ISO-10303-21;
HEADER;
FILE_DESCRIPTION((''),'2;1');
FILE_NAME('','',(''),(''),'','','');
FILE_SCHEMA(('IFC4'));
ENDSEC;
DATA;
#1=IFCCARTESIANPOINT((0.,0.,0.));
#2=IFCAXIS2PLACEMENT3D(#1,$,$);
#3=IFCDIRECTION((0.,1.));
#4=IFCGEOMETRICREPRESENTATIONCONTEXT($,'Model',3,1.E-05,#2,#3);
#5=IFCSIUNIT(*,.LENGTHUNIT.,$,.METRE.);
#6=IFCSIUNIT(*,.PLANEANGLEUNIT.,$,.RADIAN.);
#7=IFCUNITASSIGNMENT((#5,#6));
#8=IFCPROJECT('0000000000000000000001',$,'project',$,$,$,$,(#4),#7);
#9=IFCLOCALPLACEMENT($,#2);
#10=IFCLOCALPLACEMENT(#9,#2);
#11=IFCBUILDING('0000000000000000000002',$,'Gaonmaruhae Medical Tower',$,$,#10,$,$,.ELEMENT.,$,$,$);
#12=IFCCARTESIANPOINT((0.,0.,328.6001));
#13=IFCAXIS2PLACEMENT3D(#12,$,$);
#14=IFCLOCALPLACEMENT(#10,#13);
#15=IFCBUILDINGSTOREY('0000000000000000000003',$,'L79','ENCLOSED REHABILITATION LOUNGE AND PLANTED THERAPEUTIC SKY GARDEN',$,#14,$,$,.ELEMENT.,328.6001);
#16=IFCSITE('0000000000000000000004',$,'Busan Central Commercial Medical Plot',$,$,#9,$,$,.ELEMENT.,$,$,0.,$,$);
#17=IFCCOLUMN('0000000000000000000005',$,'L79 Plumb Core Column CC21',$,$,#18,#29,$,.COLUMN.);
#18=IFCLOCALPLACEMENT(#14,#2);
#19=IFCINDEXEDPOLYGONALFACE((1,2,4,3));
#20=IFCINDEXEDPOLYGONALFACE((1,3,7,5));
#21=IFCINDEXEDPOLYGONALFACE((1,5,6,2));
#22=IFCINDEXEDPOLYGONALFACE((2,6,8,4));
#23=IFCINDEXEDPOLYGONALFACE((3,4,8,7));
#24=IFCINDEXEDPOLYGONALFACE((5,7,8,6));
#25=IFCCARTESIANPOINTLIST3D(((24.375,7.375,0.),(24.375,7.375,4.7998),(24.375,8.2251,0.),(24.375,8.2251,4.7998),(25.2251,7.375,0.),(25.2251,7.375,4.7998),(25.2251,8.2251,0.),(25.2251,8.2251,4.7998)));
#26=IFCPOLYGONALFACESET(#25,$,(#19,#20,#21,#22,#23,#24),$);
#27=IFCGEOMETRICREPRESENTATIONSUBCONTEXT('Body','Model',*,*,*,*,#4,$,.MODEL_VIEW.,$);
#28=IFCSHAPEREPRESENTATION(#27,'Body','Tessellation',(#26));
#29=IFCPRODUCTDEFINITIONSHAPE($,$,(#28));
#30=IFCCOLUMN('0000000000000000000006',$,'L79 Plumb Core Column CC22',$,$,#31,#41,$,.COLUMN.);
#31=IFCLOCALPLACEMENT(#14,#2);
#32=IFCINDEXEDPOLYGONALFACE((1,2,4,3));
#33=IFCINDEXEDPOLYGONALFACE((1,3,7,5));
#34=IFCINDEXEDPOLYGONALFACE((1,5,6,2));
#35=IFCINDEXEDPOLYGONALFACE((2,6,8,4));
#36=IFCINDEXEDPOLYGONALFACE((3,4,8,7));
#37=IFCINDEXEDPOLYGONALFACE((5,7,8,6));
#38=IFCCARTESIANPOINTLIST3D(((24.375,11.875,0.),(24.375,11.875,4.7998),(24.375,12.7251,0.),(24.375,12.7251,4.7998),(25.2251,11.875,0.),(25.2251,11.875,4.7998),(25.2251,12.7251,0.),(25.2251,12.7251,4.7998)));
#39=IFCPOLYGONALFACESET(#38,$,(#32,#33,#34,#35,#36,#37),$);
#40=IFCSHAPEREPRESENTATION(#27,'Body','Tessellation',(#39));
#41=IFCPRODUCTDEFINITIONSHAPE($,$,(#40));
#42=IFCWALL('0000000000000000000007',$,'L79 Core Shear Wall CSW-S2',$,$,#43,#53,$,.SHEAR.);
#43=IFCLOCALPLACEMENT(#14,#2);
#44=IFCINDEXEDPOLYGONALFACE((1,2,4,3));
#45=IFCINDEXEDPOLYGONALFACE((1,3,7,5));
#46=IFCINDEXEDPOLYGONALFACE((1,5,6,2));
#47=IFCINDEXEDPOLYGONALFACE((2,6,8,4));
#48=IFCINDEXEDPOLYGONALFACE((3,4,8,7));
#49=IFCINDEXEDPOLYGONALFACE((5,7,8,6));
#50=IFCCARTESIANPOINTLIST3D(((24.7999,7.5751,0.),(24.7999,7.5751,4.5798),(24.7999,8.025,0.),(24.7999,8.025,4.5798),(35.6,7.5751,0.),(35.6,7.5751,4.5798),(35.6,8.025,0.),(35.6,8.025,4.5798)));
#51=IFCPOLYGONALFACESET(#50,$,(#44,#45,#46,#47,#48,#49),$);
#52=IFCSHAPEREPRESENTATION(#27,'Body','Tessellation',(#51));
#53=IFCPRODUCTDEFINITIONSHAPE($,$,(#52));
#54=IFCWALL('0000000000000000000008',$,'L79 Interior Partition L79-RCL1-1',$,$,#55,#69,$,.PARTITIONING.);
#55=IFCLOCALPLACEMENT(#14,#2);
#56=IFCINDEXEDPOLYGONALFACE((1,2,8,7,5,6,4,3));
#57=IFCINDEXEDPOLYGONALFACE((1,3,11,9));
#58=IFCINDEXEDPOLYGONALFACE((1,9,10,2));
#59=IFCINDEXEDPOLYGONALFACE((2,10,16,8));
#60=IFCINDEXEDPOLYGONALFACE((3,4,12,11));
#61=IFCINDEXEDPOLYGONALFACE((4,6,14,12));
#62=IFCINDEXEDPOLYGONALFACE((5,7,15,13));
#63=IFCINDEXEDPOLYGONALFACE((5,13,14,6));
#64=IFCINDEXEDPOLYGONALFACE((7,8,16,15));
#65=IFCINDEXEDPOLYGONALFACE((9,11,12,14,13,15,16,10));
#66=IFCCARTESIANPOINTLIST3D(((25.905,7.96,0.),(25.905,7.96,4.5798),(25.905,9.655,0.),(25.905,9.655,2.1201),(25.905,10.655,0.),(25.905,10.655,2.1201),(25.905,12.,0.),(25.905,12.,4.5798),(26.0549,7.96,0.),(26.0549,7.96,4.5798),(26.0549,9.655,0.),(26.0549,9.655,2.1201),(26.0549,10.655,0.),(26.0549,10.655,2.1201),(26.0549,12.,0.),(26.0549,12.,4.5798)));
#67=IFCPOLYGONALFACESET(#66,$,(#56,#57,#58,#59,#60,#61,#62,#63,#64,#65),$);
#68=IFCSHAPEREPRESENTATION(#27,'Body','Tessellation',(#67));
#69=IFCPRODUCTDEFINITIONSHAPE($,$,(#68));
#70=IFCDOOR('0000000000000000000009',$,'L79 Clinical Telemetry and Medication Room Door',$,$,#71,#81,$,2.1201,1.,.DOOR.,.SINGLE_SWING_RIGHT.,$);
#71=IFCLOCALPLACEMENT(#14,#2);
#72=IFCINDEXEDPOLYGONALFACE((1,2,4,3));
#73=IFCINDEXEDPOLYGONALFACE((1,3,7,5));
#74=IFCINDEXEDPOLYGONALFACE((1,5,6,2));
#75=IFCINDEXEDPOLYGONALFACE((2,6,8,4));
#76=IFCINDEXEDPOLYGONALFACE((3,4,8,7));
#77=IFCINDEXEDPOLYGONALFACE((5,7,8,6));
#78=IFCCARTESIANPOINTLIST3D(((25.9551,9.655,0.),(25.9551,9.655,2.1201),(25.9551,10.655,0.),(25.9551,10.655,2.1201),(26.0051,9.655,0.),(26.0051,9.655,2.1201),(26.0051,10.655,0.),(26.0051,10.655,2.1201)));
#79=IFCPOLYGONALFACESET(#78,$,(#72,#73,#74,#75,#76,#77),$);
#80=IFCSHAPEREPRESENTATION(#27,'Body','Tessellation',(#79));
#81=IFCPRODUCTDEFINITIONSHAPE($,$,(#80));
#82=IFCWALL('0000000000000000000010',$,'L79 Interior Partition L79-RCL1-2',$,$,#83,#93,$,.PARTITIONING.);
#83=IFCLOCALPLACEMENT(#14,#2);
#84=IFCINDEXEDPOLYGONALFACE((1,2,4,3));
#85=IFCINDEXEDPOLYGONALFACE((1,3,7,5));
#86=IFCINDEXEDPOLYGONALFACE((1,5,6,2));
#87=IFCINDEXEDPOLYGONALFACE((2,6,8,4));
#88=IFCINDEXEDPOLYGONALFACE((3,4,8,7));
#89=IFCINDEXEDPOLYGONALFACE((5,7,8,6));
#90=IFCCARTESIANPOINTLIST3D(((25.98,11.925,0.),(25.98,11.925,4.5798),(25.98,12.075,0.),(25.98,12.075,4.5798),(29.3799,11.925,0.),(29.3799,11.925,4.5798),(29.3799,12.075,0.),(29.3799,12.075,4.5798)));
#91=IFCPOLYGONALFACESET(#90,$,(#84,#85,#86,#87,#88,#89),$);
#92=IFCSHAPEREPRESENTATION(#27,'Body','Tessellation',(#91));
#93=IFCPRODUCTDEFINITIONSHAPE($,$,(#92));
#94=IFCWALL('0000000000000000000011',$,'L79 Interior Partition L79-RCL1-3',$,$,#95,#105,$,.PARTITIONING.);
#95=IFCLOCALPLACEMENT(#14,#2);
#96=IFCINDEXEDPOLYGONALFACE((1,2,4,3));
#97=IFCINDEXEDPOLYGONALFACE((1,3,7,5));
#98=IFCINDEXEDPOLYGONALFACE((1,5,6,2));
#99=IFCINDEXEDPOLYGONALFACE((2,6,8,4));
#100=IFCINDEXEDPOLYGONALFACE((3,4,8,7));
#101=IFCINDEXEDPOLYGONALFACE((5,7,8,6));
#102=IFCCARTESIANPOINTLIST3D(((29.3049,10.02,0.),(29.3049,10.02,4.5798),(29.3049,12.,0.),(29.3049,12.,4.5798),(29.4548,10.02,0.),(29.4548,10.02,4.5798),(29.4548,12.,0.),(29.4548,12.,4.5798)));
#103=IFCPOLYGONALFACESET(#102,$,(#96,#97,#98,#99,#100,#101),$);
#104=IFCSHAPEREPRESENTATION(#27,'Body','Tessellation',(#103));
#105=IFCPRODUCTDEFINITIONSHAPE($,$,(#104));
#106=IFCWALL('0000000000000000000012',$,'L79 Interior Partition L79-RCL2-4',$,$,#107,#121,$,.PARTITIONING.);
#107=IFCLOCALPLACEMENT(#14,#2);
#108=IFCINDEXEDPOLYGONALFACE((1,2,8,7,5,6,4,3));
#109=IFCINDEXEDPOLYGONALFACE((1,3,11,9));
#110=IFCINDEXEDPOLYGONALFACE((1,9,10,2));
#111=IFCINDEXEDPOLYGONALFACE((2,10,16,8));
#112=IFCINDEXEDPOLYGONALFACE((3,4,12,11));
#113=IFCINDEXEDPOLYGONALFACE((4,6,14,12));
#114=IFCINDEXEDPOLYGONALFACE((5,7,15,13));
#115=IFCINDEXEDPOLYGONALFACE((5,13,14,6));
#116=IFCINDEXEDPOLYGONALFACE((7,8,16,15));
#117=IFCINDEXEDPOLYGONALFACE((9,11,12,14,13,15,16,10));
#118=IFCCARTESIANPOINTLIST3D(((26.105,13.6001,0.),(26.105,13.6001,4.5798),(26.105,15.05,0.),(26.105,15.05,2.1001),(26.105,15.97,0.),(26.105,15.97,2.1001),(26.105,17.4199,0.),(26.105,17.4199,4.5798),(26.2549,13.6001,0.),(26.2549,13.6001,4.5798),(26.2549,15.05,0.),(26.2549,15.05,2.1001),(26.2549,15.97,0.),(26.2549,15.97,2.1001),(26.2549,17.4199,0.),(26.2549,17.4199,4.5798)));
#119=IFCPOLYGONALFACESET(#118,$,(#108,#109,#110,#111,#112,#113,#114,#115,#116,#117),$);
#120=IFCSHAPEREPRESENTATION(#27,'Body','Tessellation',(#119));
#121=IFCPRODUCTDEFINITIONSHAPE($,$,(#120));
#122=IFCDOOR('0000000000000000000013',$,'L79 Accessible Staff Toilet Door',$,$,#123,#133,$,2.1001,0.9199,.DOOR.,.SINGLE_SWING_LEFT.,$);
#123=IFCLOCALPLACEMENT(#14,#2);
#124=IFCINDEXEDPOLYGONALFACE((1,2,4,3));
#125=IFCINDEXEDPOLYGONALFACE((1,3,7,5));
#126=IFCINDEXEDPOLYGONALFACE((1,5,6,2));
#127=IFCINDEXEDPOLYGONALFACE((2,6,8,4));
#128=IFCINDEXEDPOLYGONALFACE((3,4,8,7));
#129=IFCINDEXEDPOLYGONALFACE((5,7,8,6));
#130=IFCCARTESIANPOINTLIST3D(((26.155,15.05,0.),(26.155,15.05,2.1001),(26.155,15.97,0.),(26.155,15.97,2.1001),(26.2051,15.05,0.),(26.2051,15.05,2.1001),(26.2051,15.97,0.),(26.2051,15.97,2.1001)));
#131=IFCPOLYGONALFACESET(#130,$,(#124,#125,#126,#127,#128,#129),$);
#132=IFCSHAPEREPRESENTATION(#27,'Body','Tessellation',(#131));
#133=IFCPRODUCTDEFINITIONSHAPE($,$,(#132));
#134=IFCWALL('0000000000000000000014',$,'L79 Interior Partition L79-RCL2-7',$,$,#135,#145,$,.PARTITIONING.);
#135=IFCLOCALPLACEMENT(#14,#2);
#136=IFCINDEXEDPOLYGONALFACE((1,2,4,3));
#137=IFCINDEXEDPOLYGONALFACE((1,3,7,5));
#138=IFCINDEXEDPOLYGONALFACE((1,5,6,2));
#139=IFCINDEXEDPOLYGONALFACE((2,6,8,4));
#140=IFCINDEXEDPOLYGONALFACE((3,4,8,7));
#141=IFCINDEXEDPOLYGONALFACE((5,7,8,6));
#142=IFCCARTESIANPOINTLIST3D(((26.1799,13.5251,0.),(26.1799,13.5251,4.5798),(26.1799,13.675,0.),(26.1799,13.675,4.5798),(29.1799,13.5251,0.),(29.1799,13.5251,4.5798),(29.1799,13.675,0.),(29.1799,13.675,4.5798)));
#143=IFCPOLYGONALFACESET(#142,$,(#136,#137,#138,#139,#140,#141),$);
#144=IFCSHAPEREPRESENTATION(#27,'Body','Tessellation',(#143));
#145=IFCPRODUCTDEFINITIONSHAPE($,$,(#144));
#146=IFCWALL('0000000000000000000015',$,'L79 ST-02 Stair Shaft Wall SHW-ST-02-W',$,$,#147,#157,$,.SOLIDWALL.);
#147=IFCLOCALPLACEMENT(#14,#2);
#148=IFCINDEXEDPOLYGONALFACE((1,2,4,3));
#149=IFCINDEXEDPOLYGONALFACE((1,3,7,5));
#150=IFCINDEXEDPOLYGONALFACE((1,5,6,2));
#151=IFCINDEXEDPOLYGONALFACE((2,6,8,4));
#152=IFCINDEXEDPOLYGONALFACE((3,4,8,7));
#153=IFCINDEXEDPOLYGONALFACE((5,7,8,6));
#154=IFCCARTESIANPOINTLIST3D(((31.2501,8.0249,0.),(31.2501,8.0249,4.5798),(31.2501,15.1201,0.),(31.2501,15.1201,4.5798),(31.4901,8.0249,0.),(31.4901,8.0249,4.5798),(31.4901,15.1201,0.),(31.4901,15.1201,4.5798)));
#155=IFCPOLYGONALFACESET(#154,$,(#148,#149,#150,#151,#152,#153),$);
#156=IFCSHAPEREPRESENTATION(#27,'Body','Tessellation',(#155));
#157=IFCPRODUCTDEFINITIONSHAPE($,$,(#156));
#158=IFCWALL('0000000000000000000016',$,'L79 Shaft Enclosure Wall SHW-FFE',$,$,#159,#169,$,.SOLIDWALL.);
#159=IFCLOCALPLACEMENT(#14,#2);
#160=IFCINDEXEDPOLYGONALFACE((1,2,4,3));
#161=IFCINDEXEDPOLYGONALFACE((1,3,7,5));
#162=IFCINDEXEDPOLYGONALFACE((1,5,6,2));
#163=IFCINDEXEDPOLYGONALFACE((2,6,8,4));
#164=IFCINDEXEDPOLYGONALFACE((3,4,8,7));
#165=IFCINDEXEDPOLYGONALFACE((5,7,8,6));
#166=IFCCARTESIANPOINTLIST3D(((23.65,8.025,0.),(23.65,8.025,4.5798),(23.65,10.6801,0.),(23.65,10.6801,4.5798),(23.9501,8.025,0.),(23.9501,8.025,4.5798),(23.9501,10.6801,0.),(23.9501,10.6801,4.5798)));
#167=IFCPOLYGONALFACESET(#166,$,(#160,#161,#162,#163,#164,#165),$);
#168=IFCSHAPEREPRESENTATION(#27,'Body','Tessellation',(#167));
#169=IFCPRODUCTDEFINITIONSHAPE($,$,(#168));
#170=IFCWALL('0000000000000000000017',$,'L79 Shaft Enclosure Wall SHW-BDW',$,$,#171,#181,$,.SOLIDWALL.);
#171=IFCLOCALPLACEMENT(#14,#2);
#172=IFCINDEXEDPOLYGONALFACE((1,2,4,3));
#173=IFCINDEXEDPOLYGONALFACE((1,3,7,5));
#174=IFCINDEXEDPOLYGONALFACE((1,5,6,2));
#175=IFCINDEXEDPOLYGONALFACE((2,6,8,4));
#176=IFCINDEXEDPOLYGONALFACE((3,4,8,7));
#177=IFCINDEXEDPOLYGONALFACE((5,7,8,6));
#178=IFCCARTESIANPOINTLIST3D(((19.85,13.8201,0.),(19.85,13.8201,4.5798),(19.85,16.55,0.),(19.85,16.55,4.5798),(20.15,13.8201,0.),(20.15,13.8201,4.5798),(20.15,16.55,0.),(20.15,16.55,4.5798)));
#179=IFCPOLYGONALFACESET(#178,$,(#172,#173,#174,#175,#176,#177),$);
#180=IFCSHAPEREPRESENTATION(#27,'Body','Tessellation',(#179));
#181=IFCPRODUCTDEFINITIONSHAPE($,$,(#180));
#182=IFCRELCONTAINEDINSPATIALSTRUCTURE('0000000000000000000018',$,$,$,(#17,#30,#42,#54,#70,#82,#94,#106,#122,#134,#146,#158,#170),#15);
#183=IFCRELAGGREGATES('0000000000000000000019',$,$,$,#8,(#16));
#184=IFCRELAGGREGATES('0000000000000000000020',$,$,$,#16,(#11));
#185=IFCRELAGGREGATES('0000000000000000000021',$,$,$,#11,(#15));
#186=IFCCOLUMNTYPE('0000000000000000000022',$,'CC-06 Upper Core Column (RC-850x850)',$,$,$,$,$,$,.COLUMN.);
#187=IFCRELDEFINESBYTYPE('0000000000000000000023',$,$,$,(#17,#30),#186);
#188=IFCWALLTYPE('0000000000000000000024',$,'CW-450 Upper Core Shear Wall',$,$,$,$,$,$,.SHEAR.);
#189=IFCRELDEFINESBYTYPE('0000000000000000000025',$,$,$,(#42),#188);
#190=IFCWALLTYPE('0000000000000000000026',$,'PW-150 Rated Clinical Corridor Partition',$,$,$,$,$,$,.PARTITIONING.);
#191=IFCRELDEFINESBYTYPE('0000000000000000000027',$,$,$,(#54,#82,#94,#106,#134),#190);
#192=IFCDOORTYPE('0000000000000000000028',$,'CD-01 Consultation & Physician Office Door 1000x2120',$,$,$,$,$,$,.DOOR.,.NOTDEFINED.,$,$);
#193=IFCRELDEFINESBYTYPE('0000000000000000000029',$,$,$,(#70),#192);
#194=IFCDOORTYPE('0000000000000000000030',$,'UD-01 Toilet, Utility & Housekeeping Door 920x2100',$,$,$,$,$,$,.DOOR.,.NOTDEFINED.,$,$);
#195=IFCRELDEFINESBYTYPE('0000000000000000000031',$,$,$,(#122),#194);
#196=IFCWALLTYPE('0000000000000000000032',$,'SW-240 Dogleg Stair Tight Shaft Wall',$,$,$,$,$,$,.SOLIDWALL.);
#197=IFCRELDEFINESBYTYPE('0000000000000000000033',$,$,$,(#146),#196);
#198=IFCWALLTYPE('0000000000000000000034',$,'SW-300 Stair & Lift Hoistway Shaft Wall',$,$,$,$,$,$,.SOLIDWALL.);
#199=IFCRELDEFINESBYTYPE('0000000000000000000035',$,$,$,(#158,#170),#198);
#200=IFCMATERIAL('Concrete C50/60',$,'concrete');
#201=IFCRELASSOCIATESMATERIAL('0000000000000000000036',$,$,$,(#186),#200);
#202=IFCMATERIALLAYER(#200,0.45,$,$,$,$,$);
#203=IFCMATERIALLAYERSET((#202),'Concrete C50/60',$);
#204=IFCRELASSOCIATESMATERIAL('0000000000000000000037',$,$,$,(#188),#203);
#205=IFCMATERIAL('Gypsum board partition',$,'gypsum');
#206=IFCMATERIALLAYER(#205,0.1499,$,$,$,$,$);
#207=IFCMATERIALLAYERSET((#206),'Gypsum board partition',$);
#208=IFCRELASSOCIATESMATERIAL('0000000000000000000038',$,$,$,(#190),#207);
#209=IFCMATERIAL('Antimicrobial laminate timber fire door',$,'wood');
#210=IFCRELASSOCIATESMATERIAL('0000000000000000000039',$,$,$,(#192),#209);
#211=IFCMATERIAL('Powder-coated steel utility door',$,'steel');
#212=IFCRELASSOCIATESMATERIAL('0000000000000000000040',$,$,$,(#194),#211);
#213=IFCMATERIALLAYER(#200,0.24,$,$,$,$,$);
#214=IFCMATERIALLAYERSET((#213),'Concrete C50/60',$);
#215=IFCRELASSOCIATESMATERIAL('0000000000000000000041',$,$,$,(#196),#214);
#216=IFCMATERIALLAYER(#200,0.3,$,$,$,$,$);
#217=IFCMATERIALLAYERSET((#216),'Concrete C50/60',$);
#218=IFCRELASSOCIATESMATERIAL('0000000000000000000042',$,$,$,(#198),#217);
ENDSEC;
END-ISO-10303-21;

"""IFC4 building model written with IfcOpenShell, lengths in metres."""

from ifc_helpers import new_model, si_unit, direction, frame, frame_2d, origin, origin_2d, place, context, subcontext, project, spatial, rectangle, extrude, material, layer, layer_set, material_profile, profile_set, type_object, element, fill, save


model = new_model("IFC4")

# Units and contexts
model_context = context("Model", 3, precision=1e-05, world=origin(), true_north=direction((0.0, 1.0)))
body_context = subcontext(model_context, "Body", "Model", "MODEL_VIEW")
ifc_project = project(units=[si_unit("LENGTHUNIT", "METRE"), si_unit("PLANEANGLEUNIT", "RADIAN")], contexts=[model_context])

# Site, building, storey
site_placement = place(None, origin())
site = spatial("IfcSite", under=ifc_project, at=site_placement, Name="Busan Central Commercial Medical Plot", CompositionType="ELEMENT", RefElevation=0.0)
building_placement = place(site_placement, origin())
building = spatial("IfcBuilding", under=site, at=building_placement, Name="Gaonmaruhae Medical Tower", CompositionType="ELEMENT")
storey_placement = place(building_placement, frame((0.0, 0.0, 328.6001)))
storey = spatial("IfcBuildingStorey", under=building, at=storey_placement, Name="L79", Description="ENCLOSED REHABILITATION LOUNGE AND PLANTED THERAPEUTIC SKY GARDEN", CompositionType="ELEMENT", Elevation=328.6001)

# Columns
ifc_material_1 = material(Name="Concrete C50/60", Category="concrete")
ifc_material_profile = material_profile(ifc_material_1, rectangle(XDim=0.8501, YDim=0.8501, at=origin_2d()), Name="RC-850x850")
ifc_profile_set = profile_set([ifc_material_profile], Name="Concrete C50/60")
column_type = type_object("IfcColumnType", Name="CC-06 Upper Core Column (RC-850x850)", PredefinedType="COLUMN", material=ifc_profile_set)
for number, where, z_axis, x_axis, name in (
    (1, (24.8, 7.8, 0.0), (0.0, 0.0, 1.0), (1.0, 0.0, 0.0), "L79 Plumb Core Column CC21"),
    (2, (24.8, 12.3, 0.0), (0.0, 0.0, 1.0), (1.0, 0.0, 0.0), "L79 Plumb Core Column CC22"),
):
    element("IfcColumn", number, at=place(storey_placement, frame(where, z_axis=z_axis, x_axis=x_axis)), inside=storey, type_object=column_type, Name=name, PredefinedType="COLUMN", context=body_context, shape_type="SweptSolid", body=[
        extrude(rectangle(XDim=0.8501, YDim=0.8501, at=origin_2d()), origin(), (0.0, 0.0, 1.0), 4.7998),
    ])

# Wall
ifc_layer_1 = layer(ifc_material_1, 0.45)
ifc_layer_set_1 = layer_set([ifc_layer_1], Name="Concrete C50/60")
wall_type_1 = type_object("IfcWallType", Name="CW-450 Upper Core Shear Wall", PredefinedType="SHEAR", material=ifc_layer_set_1)
wall_1_placement = place(storey_placement, frame((24.8, 7.8, 0.0), z_axis=(0.0, 0.0, 1.0), x_axis=(1.0, 0.0, 0.0)))
element("IfcWall", 3, at=wall_1_placement, inside=storey, type_object=wall_type_1, Name="L79 Core Shear Wall CSW-S2", PredefinedType="SHEAR", context=body_context, shape_type="SweptSolid", body=[
    extrude(rectangle(XDim=10.8, YDim=0.45, at=frame_2d((5.3999, 0.0))), origin(), (0.0, 0.0, 1.0), 4.5798),
])

# Wall, opening, door
ifc_material_2 = material(Name="Gypsum board partition", Category="gypsum")
ifc_layer_2 = layer(ifc_material_2, 0.1499)
ifc_layer_set_2 = layer_set([ifc_layer_2], Name="Gypsum board partition")
wall_type_2 = type_object("IfcWallType", Name="PW-150 Rated Clinical Corridor Partition", PredefinedType="PARTITIONING", material=ifc_layer_set_2)
wall_2_placement = place(storey_placement, frame((25.98, 7.96, 0.0), z_axis=(0.0, 0.0, 1.0), x_axis=(0.0, 1.0, 0.0)))
wall_2 = element("IfcWall", 4, at=wall_2_placement, inside=storey, type_object=wall_type_2, Name="L79 Interior Partition L79-RCL1-1", PredefinedType="PARTITIONING", context=body_context, shape_type="SweptSolid", body=[
    extrude(rectangle(XDim=4.04, YDim=0.1499, at=frame_2d((2.02, 0.0))), origin(), (0.0, 0.0, 1.0), 4.5798),
])
opening_1_placement = place(wall_2_placement, frame((1.6951, 0.0, 0.0)))
opening_1 = element("IfcOpeningElement", 5, at=opening_1_placement, cuts=wall_2, PredefinedType="OPENING", context=body_context, shape_type="SweptSolid", body=[
    extrude(rectangle(XDim=1.0, YDim=2.1201, at=frame_2d((0.5, 1.0601))), frame((0.0, 0.085, 0.0), z_axis=(0.0, -1.0, 0.0), x_axis=(1.0, 0.0, 0.0)), (0.0, 0.0, 1.0), 0.1699),
])
ifc_material_3 = material(Name="Antimicrobial laminate timber fire door", Category="wood")
door_type_1 = type_object("IfcDoorType", Name="CD-01 Consultation & Physician Office Door 1000x2120", OperationType="NOTDEFINED", PredefinedType="DOOR", material=ifc_material_3)
door_1_placement = place(opening_1_placement, origin())
door_1 = element("IfcDoor", 6, at=door_1_placement, inside=storey, type_object=door_type_1, Name="L79 Clinical Telemetry and Medication Room Door", OperationType="SINGLE_SWING_RIGHT", OverallHeight=2.1201, OverallWidth=1.0, PredefinedType="DOOR", context=body_context, shape_type="SweptSolid", body=[
    extrude(rectangle(XDim=1.0, YDim=2.1201, at=frame_2d((0.5, 1.0601))), frame((0.0, 0.0249, 0.0), z_axis=(0.0, -1.0, 0.0), x_axis=(1.0, 0.0, 0.0)), (0.0, 0.0, 1.0), 0.05),
])
fill(opening_1, door_1)

# Walls
wall_3_placement = place(storey_placement, frame((25.98, 12.0, 0.0), z_axis=(0.0, 0.0, 1.0), x_axis=(1.0, 0.0, 0.0)))
element("IfcWall", 7, at=wall_3_placement, inside=storey, type_object=wall_type_2, Name="L79 Interior Partition L79-RCL1-2", PredefinedType="PARTITIONING", context=body_context, shape_type="SweptSolid", body=[
    extrude(rectangle(XDim=3.3999, YDim=0.1499, at=frame_2d((1.7, 0.0))), origin(), (0.0, 0.0, 1.0), 4.5798),
])
wall_4_placement = place(storey_placement, frame((29.3799, 12.0, 0.0), z_axis=(0.0, 0.0, 1.0), x_axis=(0.0, -1.0, 0.0)))
element("IfcWall", 8, at=wall_4_placement, inside=storey, type_object=wall_type_2, Name="L79 Interior Partition L79-RCL1-3", PredefinedType="PARTITIONING", context=body_context, shape_type="SweptSolid", body=[
    extrude(rectangle(XDim=1.98, YDim=0.1499, at=frame_2d((0.99, 0.0))), origin(), (0.0, 0.0, 1.0), 4.5798),
])

# Wall, opening, door
wall_5_placement = place(storey_placement, frame((26.1799, 13.6001, 0.0), z_axis=(0.0, 0.0, 1.0), x_axis=(0.0, 1.0, 0.0)))
wall_5 = element("IfcWall", 9, at=wall_5_placement, inside=storey, type_object=wall_type_2, Name="L79 Interior Partition L79-RCL2-4", PredefinedType="PARTITIONING", context=body_context, shape_type="SweptSolid", body=[
    extrude(rectangle(XDim=3.8198, YDim=0.1499, at=frame_2d((1.9099, 0.0))), origin(), (0.0, 0.0, 1.0), 4.5798),
])
opening_2_placement = place(wall_5_placement, frame((1.45, 0.0, 0.0)))
opening_2 = element("IfcOpeningElement", 10, at=opening_2_placement, cuts=wall_5, PredefinedType="OPENING", context=body_context, shape_type="SweptSolid", body=[
    extrude(rectangle(XDim=0.9199, YDim=2.1001, at=frame_2d((0.46, 1.05))), frame((0.0, 0.085, 0.0), z_axis=(0.0, -1.0, 0.0), x_axis=(1.0, 0.0, 0.0)), (0.0, 0.0, 1.0), 0.1699),
])
ifc_material_4 = material(Name="Powder-coated steel utility door", Category="steel")
door_type_2 = type_object("IfcDoorType", Name="UD-01 Toilet, Utility & Housekeeping Door 920x2100", OperationType="NOTDEFINED", PredefinedType="DOOR", material=ifc_material_4)
door_2_placement = place(opening_2_placement, origin())
door_2 = element("IfcDoor", 11, at=door_2_placement, inside=storey, type_object=door_type_2, Name="L79 Accessible Staff Toilet Door", OperationType="SINGLE_SWING_LEFT", OverallHeight=2.1001, OverallWidth=0.9199, PredefinedType="DOOR", context=body_context, shape_type="SweptSolid", body=[
    extrude(rectangle(XDim=0.9199, YDim=2.1001, at=frame_2d((0.46, 1.05))), frame((0.0, 0.0249, 0.0), z_axis=(0.0, -1.0, 0.0), x_axis=(1.0, 0.0, 0.0)), (0.0, 0.0, 1.0), 0.05),
])
fill(opening_2, door_2)

# Walls
wall_6_placement = place(storey_placement, frame((29.1799, 13.6001, 0.0), z_axis=(0.0, 0.0, 1.0), x_axis=(-1.0, 0.0, 0.0)))
element("IfcWall", 12, at=wall_6_placement, inside=storey, type_object=wall_type_2, Name="L79 Interior Partition L79-RCL2-7", PredefinedType="PARTITIONING", context=body_context, shape_type="SweptSolid", body=[
    extrude(rectangle(XDim=3.0, YDim=0.1499, at=frame_2d((1.5, 0.0))), origin(), (0.0, 0.0, 1.0), 4.5798),
])
ifc_layer_3 = layer(ifc_material_1, 0.24)
ifc_layer_set_3 = layer_set([ifc_layer_3], Name="Concrete C50/60")
wall_type_3 = type_object("IfcWallType", Name="SW-240 Dogleg Stair Tight Shaft Wall", PredefinedType="SOLIDWALL", material=ifc_layer_set_3)
wall_7_placement = place(storey_placement, frame((31.3701, 8.0249, 0.0), z_axis=(0.0, 0.0, 1.0), x_axis=(0.0, 1.0, 0.0)))
element("IfcWall", 13, at=wall_7_placement, inside=storey, type_object=wall_type_3, Name="L79 ST-02 Stair Shaft Wall SHW-ST-02-W", PredefinedType="SOLIDWALL", context=body_context, shape_type="SweptSolid", body=[
    extrude(rectangle(XDim=7.0952, YDim=0.24, at=frame_2d((3.5476, 0.0))), origin(), (0.0, 0.0, 1.0), 4.5798),
])

# Shared definitions
ifc_layer_4 = layer(ifc_material_1, 0.3)
ifc_layer_set_4 = layer_set([ifc_layer_4], Name="Concrete C50/60")
wall_type_4 = type_object("IfcWallType", Name="SW-300 Stair & Lift Hoistway Shaft Wall", PredefinedType="SOLIDWALL", material=ifc_layer_set_4)

# Walls
wall_8_placement = place(storey_placement, frame((23.8, 8.0249, 0.0), z_axis=(0.0, 0.0, 1.0), x_axis=(0.0, 1.0, 0.0)))
element("IfcWall", 14, at=wall_8_placement, inside=storey, type_object=wall_type_4, Name="L79 Shaft Enclosure Wall SHW-FFE", PredefinedType="SOLIDWALL", context=body_context, shape_type="SweptSolid", body=[
    extrude(rectangle(XDim=2.655, YDim=0.3, at=frame_2d((1.3276, 0.0))), origin(), (0.0, 0.0, 1.0), 4.5798),
])
wall_9_placement = place(storey_placement, frame((20.0, 13.8201, 0.0), z_axis=(0.0, 0.0, 1.0), x_axis=(0.0, 1.0, 0.0)))
element("IfcWall", 15, at=wall_9_placement, inside=storey, type_object=wall_type_4, Name="L79 Shaft Enclosure Wall SHW-BDW", PredefinedType="SOLIDWALL", context=body_context, shape_type="SweptSolid", body=[
    extrude(rectangle(XDim=2.73, YDim=0.3, at=frame_2d((1.365, 0.0))), origin(), (0.0, 0.0, 1.0), 4.5798),
])

save(model, "model.ifc")
